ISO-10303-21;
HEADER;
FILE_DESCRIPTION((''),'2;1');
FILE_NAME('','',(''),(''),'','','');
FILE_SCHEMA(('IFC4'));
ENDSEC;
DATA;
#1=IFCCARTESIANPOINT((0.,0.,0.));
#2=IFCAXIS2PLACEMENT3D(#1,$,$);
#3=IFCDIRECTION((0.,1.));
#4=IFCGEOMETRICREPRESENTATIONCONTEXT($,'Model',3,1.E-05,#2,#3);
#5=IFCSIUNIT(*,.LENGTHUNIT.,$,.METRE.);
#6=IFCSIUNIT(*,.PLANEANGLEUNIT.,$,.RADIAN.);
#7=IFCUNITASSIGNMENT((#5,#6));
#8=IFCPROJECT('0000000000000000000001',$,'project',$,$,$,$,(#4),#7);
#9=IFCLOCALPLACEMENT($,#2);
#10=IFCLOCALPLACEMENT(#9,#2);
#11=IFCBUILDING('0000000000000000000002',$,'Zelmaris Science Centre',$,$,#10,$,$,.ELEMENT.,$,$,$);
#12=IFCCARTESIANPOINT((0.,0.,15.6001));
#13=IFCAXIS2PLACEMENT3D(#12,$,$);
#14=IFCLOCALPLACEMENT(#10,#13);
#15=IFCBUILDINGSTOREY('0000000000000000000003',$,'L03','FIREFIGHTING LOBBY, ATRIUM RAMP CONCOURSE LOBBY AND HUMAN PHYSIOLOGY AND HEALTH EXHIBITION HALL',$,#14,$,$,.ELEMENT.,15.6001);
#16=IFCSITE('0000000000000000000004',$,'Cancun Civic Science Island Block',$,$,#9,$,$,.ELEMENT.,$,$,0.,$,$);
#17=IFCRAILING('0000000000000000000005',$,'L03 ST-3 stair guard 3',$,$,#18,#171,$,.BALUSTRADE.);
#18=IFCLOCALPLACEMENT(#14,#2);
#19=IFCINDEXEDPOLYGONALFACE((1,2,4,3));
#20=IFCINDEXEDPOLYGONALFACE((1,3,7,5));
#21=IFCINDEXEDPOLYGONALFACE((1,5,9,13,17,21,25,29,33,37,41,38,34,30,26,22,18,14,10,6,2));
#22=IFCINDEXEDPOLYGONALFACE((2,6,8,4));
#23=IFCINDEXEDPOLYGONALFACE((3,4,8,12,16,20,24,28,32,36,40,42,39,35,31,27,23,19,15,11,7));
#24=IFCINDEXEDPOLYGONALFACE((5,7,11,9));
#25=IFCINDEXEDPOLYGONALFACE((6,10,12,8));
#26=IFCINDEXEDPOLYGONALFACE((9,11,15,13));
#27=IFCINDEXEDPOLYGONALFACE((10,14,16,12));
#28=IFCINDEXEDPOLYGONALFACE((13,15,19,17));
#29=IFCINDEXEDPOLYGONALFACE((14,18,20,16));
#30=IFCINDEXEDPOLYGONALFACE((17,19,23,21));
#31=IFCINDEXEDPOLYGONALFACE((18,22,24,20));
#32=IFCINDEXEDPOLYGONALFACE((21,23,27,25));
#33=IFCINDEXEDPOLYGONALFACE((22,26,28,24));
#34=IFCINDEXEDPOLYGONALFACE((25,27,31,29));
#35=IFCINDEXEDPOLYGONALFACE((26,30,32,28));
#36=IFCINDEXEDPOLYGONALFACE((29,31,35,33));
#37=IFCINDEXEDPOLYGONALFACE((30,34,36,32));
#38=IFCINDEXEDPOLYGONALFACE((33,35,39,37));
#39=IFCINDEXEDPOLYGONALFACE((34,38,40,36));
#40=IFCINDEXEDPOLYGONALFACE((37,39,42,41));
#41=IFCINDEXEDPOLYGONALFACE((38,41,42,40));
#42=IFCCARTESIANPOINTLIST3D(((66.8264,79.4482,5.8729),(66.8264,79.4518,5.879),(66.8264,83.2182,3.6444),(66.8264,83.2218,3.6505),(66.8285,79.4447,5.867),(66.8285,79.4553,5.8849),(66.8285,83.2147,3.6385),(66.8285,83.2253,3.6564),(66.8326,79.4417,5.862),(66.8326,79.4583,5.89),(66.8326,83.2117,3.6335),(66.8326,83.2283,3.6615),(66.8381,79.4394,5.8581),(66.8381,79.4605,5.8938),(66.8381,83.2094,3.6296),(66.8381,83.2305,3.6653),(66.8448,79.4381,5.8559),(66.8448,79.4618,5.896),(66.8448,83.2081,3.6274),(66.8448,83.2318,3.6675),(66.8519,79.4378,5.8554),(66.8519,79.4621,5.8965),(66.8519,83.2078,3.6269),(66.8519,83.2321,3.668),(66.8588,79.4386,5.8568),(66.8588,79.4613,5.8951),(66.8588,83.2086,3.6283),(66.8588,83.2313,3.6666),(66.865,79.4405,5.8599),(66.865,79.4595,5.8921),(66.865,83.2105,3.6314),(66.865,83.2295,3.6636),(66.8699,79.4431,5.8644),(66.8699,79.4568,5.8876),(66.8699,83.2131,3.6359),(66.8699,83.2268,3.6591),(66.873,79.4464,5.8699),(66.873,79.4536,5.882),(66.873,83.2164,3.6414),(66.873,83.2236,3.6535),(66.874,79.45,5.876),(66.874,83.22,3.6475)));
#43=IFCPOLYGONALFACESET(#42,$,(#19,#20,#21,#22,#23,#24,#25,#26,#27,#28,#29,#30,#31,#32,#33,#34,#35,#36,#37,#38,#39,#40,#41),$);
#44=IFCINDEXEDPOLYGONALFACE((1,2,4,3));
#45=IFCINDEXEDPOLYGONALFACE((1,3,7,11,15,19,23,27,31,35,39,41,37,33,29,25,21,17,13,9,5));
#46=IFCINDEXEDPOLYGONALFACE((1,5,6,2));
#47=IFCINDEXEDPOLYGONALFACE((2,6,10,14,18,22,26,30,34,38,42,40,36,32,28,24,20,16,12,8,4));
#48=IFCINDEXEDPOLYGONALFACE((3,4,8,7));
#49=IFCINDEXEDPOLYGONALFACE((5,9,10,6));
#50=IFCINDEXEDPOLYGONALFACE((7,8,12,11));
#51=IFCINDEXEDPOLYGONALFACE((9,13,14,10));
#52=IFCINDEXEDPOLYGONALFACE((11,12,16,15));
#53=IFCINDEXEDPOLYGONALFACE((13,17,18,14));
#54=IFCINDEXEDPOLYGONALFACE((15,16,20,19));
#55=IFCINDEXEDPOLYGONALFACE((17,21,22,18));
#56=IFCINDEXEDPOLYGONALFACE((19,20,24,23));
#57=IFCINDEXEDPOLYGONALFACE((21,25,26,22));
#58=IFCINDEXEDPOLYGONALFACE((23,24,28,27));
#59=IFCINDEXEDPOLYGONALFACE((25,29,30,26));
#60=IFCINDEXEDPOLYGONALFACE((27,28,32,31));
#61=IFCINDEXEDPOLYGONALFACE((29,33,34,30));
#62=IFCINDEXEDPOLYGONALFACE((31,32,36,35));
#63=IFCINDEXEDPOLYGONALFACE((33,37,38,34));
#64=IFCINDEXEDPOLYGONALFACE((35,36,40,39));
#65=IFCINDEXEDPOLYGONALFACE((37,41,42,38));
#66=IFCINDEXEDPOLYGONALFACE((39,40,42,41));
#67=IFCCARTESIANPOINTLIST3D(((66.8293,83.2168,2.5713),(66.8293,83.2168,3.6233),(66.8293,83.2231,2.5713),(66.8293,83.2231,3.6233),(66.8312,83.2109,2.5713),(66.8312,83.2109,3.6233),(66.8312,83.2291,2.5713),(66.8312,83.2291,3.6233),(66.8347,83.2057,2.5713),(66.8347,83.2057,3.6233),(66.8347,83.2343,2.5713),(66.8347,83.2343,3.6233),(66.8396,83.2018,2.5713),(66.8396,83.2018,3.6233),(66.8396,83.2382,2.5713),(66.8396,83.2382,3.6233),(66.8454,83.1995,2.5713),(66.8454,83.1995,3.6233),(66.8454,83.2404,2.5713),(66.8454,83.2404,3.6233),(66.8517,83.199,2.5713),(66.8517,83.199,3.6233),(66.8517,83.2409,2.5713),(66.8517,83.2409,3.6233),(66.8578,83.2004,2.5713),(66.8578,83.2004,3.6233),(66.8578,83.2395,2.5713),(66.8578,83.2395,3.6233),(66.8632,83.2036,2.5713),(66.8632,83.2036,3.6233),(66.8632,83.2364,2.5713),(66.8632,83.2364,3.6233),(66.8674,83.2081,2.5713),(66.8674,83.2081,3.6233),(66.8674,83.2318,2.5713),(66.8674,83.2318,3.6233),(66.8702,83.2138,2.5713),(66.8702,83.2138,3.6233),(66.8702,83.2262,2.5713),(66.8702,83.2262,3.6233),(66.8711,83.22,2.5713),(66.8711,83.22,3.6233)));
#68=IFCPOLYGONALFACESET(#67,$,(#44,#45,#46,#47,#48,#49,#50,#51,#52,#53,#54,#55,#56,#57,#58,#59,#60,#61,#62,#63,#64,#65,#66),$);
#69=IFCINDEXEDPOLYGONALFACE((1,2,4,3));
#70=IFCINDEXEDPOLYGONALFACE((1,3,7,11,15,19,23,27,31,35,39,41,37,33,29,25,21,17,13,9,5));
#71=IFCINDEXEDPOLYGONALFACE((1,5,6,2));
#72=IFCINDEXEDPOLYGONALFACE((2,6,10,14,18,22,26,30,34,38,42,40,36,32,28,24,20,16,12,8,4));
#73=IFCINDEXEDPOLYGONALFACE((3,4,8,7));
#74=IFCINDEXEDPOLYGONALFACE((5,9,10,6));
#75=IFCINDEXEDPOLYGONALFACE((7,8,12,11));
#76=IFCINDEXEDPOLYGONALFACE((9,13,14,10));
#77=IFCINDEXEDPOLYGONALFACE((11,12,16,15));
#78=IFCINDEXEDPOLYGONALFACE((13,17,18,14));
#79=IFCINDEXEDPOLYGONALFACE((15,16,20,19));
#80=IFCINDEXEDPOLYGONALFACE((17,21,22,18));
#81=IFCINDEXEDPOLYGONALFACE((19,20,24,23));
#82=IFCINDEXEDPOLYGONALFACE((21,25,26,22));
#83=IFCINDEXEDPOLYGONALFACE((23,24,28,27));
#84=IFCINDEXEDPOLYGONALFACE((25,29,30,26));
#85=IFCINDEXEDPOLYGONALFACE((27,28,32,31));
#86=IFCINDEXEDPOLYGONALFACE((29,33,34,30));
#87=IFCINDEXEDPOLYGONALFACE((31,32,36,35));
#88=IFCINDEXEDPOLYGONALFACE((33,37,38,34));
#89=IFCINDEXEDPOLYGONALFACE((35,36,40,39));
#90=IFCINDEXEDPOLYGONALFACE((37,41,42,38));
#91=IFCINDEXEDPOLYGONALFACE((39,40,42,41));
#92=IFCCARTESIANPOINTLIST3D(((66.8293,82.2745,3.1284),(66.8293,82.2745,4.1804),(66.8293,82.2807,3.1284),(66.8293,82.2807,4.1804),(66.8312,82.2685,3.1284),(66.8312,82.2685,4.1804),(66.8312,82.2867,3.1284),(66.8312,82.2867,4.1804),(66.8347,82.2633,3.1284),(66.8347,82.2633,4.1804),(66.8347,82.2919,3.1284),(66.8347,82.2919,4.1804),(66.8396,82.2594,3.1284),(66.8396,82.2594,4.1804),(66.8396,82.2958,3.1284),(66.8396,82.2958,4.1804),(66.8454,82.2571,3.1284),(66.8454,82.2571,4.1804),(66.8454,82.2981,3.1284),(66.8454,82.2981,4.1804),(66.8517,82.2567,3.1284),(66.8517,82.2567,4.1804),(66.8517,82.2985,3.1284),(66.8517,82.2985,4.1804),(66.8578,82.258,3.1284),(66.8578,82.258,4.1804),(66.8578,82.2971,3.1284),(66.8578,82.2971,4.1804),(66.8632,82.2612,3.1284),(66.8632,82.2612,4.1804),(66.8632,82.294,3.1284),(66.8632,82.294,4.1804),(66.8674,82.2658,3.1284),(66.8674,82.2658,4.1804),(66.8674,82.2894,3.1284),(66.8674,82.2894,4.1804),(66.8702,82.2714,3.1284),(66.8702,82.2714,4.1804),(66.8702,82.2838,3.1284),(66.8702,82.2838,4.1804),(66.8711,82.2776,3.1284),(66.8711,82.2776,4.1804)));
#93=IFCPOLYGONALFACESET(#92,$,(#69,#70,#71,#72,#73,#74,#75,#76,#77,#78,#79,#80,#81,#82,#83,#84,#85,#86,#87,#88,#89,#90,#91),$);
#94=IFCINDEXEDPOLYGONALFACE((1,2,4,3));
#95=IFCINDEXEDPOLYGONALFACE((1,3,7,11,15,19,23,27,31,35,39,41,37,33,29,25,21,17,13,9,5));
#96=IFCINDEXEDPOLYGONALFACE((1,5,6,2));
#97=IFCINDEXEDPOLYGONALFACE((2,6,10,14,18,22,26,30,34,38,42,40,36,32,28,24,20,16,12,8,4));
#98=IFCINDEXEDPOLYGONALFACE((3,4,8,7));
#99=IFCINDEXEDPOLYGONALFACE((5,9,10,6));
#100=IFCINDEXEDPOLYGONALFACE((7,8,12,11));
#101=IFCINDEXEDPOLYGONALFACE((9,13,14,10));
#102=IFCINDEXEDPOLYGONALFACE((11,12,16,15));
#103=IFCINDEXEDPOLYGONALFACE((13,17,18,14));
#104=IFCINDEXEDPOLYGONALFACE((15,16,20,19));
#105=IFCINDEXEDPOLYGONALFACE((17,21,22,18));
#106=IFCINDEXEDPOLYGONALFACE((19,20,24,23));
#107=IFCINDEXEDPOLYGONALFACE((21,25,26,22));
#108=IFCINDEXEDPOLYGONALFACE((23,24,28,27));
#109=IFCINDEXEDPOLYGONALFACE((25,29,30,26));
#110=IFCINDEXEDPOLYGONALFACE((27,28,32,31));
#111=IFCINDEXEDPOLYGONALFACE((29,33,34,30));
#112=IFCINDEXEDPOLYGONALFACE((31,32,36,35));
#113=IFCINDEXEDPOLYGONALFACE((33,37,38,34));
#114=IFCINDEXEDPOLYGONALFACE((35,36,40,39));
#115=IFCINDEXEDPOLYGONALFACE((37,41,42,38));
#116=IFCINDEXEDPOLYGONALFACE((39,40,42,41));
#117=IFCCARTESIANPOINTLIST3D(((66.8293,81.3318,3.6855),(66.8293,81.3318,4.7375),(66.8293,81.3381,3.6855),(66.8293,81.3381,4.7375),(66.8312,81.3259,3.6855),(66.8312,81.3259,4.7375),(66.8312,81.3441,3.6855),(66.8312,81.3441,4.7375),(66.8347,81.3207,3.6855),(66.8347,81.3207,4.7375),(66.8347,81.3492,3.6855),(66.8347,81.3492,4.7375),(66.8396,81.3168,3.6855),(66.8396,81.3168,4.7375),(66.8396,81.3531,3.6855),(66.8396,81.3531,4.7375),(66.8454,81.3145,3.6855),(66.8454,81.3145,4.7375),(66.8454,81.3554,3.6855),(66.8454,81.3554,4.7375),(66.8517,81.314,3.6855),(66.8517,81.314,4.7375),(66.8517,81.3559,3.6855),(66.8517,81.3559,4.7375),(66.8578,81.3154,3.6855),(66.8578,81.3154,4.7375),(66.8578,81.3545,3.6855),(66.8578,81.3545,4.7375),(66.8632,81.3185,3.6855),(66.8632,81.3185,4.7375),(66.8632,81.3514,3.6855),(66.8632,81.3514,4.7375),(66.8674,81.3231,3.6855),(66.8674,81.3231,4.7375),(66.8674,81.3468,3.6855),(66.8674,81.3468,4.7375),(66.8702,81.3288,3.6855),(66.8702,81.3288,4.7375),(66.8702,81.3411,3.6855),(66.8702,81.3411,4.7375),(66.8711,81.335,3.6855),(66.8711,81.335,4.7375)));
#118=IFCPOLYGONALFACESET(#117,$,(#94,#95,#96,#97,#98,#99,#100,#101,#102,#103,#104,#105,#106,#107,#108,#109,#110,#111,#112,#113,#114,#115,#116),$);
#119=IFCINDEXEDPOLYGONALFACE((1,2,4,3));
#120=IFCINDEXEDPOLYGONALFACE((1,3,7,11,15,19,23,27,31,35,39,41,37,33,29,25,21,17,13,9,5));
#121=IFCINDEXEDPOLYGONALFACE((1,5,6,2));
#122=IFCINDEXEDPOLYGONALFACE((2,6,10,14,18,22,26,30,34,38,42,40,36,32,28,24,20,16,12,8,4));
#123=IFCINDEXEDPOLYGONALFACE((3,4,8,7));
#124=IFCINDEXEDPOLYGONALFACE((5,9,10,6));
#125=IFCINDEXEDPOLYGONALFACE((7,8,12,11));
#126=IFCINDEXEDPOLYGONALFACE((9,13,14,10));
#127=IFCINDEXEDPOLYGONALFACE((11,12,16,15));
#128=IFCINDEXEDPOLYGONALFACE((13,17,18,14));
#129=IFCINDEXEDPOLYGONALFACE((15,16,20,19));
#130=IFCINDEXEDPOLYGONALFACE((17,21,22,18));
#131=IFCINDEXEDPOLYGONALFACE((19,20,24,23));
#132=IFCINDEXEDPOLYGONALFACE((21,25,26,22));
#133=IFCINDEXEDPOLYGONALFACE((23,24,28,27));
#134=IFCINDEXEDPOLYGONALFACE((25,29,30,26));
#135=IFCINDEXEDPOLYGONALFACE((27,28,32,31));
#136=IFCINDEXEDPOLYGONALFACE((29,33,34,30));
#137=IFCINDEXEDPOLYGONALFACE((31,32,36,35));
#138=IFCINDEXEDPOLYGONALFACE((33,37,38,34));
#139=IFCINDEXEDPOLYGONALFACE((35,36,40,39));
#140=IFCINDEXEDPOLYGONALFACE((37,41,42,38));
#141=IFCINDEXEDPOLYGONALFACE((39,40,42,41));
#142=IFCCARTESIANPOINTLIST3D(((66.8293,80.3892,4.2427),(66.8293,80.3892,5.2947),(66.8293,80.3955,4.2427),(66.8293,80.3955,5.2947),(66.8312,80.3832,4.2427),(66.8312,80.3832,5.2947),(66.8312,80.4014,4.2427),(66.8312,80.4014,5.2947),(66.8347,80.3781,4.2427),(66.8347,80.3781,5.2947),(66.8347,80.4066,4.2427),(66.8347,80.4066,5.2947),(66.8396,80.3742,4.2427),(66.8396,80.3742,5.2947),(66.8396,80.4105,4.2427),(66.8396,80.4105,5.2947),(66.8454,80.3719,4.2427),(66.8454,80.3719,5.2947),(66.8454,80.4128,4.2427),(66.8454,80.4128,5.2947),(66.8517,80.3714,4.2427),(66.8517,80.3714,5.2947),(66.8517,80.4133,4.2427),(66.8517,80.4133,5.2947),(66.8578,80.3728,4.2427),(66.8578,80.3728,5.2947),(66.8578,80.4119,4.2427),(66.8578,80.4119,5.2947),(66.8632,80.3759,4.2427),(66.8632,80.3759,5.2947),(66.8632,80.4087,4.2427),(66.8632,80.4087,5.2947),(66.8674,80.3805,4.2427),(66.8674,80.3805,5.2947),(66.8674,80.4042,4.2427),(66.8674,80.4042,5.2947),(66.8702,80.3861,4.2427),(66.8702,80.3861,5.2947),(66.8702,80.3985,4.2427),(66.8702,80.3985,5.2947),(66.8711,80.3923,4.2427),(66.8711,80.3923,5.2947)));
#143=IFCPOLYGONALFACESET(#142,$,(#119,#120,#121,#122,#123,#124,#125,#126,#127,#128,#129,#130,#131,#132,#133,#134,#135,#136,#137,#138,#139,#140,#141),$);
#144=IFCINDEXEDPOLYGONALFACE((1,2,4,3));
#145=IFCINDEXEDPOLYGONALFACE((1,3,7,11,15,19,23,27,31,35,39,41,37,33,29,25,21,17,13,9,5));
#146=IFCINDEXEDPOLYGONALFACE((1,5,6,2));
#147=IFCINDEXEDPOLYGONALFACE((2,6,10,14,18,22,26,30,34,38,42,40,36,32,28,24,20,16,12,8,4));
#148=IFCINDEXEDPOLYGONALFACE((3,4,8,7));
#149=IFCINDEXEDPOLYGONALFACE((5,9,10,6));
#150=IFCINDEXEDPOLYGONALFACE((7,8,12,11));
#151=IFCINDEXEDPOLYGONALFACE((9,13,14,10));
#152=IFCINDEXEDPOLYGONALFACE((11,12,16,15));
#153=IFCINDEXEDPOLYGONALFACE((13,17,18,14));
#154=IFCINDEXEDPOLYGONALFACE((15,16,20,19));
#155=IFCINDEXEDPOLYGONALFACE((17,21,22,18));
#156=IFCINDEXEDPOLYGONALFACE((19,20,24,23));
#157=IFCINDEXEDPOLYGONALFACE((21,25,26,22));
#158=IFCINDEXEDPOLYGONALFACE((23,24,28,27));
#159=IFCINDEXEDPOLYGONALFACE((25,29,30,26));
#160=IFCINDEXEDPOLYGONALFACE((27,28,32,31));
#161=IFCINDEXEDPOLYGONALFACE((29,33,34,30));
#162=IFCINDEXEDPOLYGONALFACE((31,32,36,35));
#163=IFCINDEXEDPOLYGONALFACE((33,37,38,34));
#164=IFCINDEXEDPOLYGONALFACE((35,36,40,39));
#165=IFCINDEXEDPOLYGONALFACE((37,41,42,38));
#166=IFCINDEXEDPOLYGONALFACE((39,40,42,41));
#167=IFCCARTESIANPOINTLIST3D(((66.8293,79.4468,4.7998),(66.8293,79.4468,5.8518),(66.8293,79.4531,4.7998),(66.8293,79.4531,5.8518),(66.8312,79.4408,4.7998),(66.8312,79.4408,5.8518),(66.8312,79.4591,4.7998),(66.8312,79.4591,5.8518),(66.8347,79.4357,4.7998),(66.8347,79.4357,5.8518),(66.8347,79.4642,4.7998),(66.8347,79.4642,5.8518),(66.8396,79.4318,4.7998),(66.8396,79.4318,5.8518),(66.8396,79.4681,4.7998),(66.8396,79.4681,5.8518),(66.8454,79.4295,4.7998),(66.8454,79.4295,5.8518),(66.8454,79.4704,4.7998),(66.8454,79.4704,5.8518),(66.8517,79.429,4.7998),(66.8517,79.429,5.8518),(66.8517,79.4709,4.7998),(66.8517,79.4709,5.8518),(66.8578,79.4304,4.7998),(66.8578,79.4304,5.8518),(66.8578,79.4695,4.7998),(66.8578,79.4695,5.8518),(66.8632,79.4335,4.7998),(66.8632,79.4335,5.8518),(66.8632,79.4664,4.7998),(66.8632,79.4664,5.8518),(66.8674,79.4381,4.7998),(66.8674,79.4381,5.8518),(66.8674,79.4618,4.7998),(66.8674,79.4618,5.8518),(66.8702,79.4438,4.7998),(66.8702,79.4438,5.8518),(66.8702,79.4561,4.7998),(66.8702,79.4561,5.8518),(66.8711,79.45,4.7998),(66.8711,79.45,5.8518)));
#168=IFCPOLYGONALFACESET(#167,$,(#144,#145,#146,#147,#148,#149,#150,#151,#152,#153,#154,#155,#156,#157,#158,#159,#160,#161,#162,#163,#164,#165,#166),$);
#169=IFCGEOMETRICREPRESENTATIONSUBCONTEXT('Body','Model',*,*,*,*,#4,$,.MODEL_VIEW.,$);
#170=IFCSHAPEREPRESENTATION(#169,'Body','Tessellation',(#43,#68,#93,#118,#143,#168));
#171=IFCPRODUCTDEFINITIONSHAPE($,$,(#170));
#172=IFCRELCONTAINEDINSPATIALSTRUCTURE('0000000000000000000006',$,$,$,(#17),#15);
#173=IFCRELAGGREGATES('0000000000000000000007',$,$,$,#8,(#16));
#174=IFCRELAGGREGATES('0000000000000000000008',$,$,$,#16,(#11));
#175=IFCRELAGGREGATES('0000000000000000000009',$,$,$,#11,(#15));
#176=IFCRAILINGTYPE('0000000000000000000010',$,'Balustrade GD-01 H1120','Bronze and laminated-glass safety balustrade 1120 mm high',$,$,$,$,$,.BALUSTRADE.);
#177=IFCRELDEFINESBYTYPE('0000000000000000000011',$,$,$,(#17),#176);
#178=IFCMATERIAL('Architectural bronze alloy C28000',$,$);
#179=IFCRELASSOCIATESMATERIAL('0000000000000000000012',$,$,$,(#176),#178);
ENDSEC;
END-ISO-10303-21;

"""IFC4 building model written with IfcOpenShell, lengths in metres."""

from ifc_helpers import new_model, si_unit, direction, frame, origin, origin_2d, place, context, subcontext, project, spatial, circle, extrude, material, type_object, element, save


model = new_model("IFC4")

# Units and contexts
model_context = context("Model", 3, precision=1e-05, world=origin(), true_north=direction((0.0, 1.0)))
body_context = subcontext(model_context, "Body", "Model", "MODEL_VIEW")
ifc_project = project(units=[si_unit("LENGTHUNIT", "METRE"), si_unit("PLANEANGLEUNIT", "RADIAN")], contexts=[model_context])

# Site, building, storey
site_placement = place(None, origin())
site = spatial("IfcSite", under=ifc_project, at=site_placement, Name="Cancun Civic Science Island Block", CompositionType="ELEMENT", RefElevation=0.0)
building_placement = place(site_placement, origin())
building = spatial("IfcBuilding", under=site, at=building_placement, Name="Zelmaris Science Centre", CompositionType="ELEMENT")
storey_placement = place(building_placement, frame((0.0, 0.0, 15.6001)))
storey = spatial("IfcBuildingStorey", under=building, at=storey_placement, Name="L03", Description="FIREFIGHTING LOBBY, ATRIUM RAMP CONCOURSE LOBBY AND HUMAN PHYSIOLOGY AND HEALTH EXHIBITION HALL", CompositionType="ELEMENT", Elevation=15.6001)

# Railing
ifc_material_1 = material(Name="Architectural bronze alloy C28000")
railing_type_1 = type_object("IfcRailingType", Name="Balustrade GD-01 H1120", Description="Bronze and laminated-glass safety balustrade 1120 mm high", PredefinedType="BALUSTRADE", material=ifc_material_1)
railing_1_placement = place(storey_placement, frame((66.8501, 83.22, 2.5713)))
element("IfcRailing", 1, at=railing_1_placement, inside=storey, type_object=railing_type_1, Name="L03 ST-3 stair guard 3", PredefinedType="BALUSTRADE", context=body_context, shape_type="SweptSolid", body=[
    extrude(circle(Radius=0.0239, at=origin_2d()), frame((0.0, 0.0, 1.0762), z_axis=(0.0, -0.860849, 0.508861), x_axis=(1.0, 0.0, 0.0)), (0.0, 0.0, 1.0), 4.3794),
    extrude(circle(Radius=0.021, at=origin_2d()), origin(), (0.0, 0.0, 1.0), 1.052),
    extrude(circle(Radius=0.021, at=origin_2d()), frame((0.0, -0.9424, 0.5571)), (0.0, 0.0, 1.0), 1.052),
    extrude(circle(Radius=0.021, at=origin_2d()), frame((0.0, -1.885, 1.1143)), (0.0, 0.0, 1.0), 1.052),
    extrude(circle(Radius=0.021, at=origin_2d()), frame((0.0, -2.8276, 1.6714)), (0.0, 0.0, 1.0), 1.052),
    extrude(circle(Radius=0.021, at=origin_2d()), frame((0.0, -3.77, 2.2285)), (0.0, 0.0, 1.0), 1.052),
])

save(model, "model.ifc")
